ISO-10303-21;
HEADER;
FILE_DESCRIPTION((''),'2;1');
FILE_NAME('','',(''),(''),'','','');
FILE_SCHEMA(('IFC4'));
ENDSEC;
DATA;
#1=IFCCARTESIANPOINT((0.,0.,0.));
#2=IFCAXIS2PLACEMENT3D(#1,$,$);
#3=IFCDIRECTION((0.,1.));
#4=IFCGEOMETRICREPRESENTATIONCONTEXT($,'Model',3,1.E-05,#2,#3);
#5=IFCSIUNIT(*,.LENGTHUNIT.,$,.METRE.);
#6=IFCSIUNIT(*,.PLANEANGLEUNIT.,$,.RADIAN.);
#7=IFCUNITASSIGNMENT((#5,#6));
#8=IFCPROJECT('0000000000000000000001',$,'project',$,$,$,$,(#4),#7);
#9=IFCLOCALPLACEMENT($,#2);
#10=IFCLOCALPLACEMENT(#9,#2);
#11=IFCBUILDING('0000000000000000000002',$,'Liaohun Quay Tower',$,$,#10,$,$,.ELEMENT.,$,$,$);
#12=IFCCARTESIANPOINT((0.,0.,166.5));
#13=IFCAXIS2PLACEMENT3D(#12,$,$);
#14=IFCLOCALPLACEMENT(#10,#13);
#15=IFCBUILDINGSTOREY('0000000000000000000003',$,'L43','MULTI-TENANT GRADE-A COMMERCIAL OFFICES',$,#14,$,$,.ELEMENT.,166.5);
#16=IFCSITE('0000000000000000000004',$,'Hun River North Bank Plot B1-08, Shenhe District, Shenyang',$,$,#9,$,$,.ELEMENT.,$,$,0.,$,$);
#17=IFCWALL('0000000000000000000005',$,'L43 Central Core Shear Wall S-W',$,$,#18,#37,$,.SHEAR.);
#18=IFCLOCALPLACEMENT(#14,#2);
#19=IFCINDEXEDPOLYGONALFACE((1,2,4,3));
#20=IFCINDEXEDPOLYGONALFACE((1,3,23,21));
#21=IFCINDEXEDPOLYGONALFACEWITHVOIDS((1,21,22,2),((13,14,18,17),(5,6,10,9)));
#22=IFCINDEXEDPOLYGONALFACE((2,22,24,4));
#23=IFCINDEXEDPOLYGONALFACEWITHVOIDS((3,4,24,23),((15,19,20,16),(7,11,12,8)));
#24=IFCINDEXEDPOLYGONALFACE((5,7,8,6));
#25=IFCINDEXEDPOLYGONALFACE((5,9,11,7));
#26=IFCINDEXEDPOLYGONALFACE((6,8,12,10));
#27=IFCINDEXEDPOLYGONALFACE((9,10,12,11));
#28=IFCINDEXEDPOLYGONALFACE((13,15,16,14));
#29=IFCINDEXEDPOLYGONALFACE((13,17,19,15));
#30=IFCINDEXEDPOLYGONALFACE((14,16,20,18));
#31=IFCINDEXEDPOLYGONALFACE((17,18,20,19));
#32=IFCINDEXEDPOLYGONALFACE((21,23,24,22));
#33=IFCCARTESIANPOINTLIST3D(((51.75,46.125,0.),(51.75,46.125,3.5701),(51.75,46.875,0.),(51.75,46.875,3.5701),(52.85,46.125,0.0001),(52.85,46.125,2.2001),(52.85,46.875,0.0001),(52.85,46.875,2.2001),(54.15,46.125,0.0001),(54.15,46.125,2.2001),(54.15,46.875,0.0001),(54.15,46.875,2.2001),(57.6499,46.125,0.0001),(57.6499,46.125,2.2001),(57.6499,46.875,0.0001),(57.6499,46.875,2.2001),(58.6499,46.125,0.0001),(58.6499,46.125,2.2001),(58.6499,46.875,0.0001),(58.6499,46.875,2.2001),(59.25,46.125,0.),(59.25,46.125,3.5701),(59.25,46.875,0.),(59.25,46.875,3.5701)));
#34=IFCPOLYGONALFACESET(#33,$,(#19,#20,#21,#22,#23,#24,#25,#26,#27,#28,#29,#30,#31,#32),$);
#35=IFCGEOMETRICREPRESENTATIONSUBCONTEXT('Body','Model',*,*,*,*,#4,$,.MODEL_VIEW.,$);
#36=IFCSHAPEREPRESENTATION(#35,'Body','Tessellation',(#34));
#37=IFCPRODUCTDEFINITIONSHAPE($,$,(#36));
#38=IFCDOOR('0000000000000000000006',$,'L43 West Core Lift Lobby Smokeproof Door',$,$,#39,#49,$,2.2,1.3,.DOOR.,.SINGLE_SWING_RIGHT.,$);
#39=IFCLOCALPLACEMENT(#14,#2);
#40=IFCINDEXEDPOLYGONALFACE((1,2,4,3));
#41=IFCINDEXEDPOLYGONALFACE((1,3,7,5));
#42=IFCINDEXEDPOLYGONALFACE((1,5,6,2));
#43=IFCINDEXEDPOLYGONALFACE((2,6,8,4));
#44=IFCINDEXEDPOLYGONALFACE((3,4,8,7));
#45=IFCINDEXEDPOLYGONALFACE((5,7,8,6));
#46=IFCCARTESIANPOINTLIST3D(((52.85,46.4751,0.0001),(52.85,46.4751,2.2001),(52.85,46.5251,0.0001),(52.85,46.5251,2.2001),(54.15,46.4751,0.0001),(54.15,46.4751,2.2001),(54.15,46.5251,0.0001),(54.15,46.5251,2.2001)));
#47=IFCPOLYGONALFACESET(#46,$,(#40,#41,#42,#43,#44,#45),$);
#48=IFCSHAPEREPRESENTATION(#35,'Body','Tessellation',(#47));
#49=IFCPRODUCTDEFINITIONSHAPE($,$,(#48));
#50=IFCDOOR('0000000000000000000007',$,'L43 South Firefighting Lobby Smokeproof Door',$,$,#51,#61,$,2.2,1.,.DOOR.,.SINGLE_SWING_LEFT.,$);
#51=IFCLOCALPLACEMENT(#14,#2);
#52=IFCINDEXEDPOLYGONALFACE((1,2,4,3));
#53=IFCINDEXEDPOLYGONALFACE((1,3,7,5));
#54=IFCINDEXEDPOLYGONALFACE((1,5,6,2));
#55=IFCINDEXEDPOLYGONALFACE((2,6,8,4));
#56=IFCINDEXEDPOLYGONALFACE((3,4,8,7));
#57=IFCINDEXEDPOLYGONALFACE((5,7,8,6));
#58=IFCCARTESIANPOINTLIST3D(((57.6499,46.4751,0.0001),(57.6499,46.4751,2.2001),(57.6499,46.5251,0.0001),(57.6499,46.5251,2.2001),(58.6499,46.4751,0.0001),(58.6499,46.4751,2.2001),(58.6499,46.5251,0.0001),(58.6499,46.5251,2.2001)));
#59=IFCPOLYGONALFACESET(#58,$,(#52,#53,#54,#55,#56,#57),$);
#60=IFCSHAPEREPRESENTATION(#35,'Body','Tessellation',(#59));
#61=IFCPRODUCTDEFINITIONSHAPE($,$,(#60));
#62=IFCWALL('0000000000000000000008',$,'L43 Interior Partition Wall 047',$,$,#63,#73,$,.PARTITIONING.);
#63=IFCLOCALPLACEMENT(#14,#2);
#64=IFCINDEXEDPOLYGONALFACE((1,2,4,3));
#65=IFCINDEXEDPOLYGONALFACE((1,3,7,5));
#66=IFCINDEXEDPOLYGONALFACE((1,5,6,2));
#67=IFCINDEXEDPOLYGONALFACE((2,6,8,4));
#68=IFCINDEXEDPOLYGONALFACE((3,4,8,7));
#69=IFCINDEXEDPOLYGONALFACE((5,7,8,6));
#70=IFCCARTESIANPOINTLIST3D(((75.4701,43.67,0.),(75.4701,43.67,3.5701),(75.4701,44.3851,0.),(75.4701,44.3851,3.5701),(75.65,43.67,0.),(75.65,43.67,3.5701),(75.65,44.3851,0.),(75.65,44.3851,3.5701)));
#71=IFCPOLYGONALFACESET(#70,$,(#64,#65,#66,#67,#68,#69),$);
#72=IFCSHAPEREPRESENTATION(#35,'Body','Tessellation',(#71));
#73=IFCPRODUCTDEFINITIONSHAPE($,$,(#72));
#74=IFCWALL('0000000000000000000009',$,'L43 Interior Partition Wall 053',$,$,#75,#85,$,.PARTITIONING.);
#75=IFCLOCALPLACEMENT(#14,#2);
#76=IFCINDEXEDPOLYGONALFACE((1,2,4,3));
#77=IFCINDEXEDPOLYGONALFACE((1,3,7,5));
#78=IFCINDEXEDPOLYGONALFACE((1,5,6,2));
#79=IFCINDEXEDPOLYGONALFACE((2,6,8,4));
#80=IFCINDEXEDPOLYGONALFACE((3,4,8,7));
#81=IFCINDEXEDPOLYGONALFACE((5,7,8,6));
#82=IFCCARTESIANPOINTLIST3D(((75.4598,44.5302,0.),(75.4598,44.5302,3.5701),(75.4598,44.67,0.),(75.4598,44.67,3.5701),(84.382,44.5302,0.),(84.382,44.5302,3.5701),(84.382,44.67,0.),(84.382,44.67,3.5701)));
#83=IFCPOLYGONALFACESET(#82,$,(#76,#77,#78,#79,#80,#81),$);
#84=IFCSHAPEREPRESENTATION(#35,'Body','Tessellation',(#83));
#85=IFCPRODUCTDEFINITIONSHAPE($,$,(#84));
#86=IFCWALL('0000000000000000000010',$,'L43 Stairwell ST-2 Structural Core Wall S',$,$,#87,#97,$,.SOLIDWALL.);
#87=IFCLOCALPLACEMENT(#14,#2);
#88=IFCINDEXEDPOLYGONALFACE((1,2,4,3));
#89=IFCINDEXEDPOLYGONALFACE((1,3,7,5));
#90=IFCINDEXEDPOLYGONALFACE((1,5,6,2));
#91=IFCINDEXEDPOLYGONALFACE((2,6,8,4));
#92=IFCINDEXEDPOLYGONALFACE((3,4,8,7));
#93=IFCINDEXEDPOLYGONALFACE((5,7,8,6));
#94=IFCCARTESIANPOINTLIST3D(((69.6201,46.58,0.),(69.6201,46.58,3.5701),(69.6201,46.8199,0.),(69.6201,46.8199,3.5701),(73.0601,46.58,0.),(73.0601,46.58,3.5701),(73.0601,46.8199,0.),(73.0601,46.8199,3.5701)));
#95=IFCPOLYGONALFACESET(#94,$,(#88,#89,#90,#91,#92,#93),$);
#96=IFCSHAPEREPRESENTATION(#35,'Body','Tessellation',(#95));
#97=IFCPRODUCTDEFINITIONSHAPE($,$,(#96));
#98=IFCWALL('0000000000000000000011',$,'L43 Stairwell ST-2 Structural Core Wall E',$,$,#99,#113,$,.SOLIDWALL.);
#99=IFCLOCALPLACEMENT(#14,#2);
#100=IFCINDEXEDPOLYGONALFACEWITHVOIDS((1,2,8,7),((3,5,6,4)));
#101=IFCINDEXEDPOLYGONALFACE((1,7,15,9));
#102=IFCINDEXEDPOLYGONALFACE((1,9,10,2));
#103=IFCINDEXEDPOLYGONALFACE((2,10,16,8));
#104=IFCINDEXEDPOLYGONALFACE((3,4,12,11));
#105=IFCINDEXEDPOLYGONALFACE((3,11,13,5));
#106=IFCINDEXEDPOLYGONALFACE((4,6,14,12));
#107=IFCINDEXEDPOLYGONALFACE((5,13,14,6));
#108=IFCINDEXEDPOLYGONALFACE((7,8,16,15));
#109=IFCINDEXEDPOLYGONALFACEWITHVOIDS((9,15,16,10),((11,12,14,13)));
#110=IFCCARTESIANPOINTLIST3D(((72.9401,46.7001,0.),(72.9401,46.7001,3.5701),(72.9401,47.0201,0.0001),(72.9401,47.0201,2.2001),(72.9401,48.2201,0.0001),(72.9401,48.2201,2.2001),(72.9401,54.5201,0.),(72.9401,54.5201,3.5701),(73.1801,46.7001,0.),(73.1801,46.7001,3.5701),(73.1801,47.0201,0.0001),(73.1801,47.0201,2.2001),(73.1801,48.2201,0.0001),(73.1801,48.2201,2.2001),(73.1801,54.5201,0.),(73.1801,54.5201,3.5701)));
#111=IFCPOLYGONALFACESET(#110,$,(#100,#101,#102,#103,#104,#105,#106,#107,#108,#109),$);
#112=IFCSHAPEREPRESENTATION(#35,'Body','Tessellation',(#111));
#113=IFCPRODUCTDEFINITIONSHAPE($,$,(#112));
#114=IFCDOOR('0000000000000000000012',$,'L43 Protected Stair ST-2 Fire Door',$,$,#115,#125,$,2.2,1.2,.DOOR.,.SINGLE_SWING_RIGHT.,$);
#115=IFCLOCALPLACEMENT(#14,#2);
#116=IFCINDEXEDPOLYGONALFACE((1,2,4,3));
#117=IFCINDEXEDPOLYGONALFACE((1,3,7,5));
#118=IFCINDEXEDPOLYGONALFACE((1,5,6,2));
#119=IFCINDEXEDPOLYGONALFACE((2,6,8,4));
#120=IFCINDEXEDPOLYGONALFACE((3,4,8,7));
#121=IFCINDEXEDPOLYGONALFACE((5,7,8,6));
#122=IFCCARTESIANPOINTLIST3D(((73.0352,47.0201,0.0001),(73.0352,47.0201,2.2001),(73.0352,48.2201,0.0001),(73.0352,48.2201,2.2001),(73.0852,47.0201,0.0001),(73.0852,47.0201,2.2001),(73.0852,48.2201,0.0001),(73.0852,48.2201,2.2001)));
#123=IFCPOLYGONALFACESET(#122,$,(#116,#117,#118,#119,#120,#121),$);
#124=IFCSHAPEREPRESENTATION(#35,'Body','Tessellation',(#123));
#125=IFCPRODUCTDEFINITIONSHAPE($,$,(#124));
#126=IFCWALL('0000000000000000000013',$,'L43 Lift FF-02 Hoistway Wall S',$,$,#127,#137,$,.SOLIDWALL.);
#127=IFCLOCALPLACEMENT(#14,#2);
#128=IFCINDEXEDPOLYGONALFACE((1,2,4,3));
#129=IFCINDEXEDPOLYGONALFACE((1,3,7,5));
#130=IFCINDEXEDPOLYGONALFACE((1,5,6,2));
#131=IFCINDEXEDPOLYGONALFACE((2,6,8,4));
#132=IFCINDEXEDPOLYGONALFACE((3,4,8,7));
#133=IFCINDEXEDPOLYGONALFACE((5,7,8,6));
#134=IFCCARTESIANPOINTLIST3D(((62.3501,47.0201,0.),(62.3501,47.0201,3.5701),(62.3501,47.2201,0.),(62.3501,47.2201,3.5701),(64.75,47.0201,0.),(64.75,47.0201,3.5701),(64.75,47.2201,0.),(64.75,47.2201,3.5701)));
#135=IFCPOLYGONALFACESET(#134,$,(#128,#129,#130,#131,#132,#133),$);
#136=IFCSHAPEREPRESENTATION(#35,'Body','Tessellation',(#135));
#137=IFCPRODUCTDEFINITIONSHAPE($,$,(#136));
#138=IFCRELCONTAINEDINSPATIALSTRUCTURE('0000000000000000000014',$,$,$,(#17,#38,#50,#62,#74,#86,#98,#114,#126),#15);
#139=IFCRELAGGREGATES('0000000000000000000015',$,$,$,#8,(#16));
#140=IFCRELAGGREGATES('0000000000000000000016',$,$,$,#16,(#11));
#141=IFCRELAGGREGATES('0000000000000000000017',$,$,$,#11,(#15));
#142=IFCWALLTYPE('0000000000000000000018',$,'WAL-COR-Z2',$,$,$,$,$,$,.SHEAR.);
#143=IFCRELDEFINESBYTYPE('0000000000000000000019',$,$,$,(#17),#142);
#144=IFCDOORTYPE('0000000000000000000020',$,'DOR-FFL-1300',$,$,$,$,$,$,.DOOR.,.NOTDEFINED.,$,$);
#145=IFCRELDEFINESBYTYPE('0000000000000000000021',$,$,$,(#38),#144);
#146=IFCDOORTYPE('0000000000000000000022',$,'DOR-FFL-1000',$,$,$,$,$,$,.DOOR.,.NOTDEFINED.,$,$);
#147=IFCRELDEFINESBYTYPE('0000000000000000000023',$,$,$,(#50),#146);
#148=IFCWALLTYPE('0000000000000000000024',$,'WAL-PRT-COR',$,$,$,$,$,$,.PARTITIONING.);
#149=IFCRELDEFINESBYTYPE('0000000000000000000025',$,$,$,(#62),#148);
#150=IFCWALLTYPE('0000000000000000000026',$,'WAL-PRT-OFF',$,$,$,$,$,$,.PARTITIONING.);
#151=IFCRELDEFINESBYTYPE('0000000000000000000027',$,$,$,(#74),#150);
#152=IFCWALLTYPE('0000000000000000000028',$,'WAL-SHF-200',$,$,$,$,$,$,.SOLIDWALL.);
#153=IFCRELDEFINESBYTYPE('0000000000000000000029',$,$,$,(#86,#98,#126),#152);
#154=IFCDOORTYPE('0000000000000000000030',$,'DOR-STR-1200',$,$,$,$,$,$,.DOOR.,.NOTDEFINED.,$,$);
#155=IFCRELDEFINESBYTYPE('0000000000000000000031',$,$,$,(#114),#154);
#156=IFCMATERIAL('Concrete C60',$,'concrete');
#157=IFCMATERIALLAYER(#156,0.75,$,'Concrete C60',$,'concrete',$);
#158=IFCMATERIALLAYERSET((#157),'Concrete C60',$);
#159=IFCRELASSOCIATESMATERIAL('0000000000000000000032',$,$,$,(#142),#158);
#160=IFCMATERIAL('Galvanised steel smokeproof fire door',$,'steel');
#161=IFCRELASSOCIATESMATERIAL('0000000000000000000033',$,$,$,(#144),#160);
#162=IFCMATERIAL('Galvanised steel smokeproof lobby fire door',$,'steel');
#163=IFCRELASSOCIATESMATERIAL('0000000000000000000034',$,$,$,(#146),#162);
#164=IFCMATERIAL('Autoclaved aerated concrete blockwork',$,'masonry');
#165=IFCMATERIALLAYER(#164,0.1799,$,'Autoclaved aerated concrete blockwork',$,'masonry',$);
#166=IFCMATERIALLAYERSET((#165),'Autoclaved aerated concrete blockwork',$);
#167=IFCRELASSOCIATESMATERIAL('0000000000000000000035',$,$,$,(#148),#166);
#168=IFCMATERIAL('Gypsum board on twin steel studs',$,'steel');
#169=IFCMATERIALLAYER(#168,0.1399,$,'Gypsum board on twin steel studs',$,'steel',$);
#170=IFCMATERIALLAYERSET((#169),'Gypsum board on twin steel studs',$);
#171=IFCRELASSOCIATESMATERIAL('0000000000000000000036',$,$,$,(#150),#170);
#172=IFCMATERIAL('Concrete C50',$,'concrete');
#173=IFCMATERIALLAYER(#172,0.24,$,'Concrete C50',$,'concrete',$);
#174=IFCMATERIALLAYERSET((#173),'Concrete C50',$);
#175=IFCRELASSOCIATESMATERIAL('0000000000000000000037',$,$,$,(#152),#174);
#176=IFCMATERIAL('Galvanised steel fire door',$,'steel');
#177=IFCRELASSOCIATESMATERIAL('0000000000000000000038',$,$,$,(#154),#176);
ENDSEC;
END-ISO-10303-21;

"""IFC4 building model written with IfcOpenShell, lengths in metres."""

from ifc_helpers import new_model, si_unit, direction, frame, frame_2d, origin, place, context, subcontext, project, spatial, rectangle, extrude, source, transform, mapped, material, layer, layer_set, type_object, element, fill, save


model = new_model("IFC4")

# Units and contexts
model_context = context("Model", 3, precision=1e-05, world=origin(), true_north=direction((0.0, 1.0)))
body_context = subcontext(model_context, "Body", "Model", "MODEL_VIEW")
ifc_project = project(units=[si_unit("LENGTHUNIT", "METRE"), si_unit("PLANEANGLEUNIT", "RADIAN")], contexts=[model_context])

# Site, building, storey
site_placement = place(None, origin())
site = spatial("IfcSite", under=ifc_project, at=site_placement, Name="Hun River North Bank Plot B1-08, Shenhe District, Shenyang", CompositionType="ELEMENT", RefElevation=0.0)
building_placement = place(site_placement, origin())
building = spatial("IfcBuilding", under=site, at=building_placement, Name="Liaohun Quay Tower", CompositionType="ELEMENT")
storey_placement = place(building_placement, frame((0.0, 0.0, 166.5)))
storey = spatial("IfcBuildingStorey", under=building, at=storey_placement, Name="L43", Description="MULTI-TENANT GRADE-A COMMERCIAL OFFICES", CompositionType="ELEMENT", Elevation=166.5)

# Shared definitions
ifc_material_1 = material(Name="Concrete C60", Category="concrete")

# Shared definitions
ifc_layer_1 = layer(ifc_material_1, 0.75, Name="Concrete C60", Category="concrete")
ifc_layer_set_1 = layer_set([ifc_layer_1], Name="Concrete C60")
wall_type_1 = type_object("IfcWallType", Name="WAL-COR-Z2", PredefinedType="SHEAR", material=ifc_layer_set_1)
shared_shape_1 = source(origin(), body_context, "Body", "SweptSolid", [
    extrude(rectangle(XDim=1.3, YDim=2.2, at=frame_2d((0.6499, 1.1001))), frame((0.0, 0.385, 0.0), z_axis=(0.0, -1.0, 0.0), x_axis=(1.0, 0.0, 0.0)), (0.0, 0.0, 1.0), 0.77),
])
ifc_material_2 = material(Name="Galvanised steel smokeproof fire door", Category="steel")
door_type_1 = type_object("IfcDoorType", Name="DOR-FFL-1300", OperationType="NOTDEFINED", PredefinedType="DOOR", material=ifc_material_2)
shared_shape_2 = source(origin(), body_context, "Body", "SweptSolid", [
    extrude(rectangle(XDim=1.3, YDim=2.2, at=frame_2d((0.6499, 1.1001))), frame((0.0, 0.0249, 0.0), z_axis=(0.0, -1.0, 0.0), x_axis=(1.0, 0.0, 0.0)), (0.0, 0.0, 1.0), 0.05),
])

# Wall, openings, doors
wall_1_placement = place(storey_placement, frame((59.25, 46.5, 0.0), z_axis=(0.0, 0.0, 1.0), x_axis=(-1.0, 0.0, 0.0)))
wall_1 = element("IfcWall", 1, at=wall_1_placement, inside=storey, type_object=wall_type_1, Name="L43 Central Core Shear Wall S-W", PredefinedType="SHEAR", context=body_context, shape_type="SweptSolid", body=[
    extrude(rectangle(XDim=7.5, YDim=0.75, at=frame_2d((3.75, 0.0))), origin(), (0.0, 0.0, 1.0), 3.5701),
])
opening_1_placement = place(wall_1_placement, frame((5.1001, 0.0, 0.0)))
opening_1 = element("IfcOpeningElement", 2, at=opening_1_placement, cuts=wall_1, PredefinedType="OPENING", context=body_context, shape_type="MappedRepresentation", body=[
    mapped(shared_shape_1, transform((0.0, 0.0, 0.0), x_axis=(1.0, 0.0, 0.0), y_axis=(0.0, 1.0, 0.0), z_axis=(0.0, 0.0, 1.0), scale=1.0)),
])
shared_shape_3 = source(origin(), body_context, "Body", "SweptSolid", [
    extrude(rectangle(XDim=1.0, YDim=2.2, at=frame_2d((0.5, 1.1001))), frame((0.0, 0.385, 0.0), z_axis=(0.0, -1.0, 0.0), x_axis=(1.0, 0.0, 0.0)), (0.0, 0.0, 1.0), 0.77),
])
opening_2_placement = place(wall_1_placement, frame((0.6001, 0.0, 0.0)))
opening_2 = element("IfcOpeningElement", 3, at=opening_2_placement, cuts=wall_1, PredefinedType="OPENING", context=body_context, shape_type="MappedRepresentation", body=[
    mapped(shared_shape_3, transform((0.0, 0.0, 0.0), x_axis=(1.0, 0.0, 0.0), y_axis=(0.0, 1.0, 0.0), z_axis=(0.0, 0.0, 1.0), scale=1.0)),
])
door_1_placement = place(opening_1_placement, origin())
door_1 = element("IfcDoor", 4, at=door_1_placement, inside=storey, type_object=door_type_1, Name="L43 West Core Lift Lobby Smokeproof Door", OperationType="SINGLE_SWING_RIGHT", OverallHeight=2.2, OverallWidth=1.3, PredefinedType="DOOR", context=body_context, shape_type="MappedRepresentation", body=[
    mapped(shared_shape_2, transform((0.0, 0.0, 0.0), x_axis=(1.0, 0.0, 0.0), y_axis=(0.0, 1.0, 0.0), z_axis=(0.0, 0.0, 1.0), scale=1.0)),
])
fill(opening_1, door_1)
ifc_material_3 = material(Name="Galvanised steel smokeproof lobby fire door", Category="steel")
door_type_2 = type_object("IfcDoorType", Name="DOR-FFL-1000", OperationType="NOTDEFINED", PredefinedType="DOOR", material=ifc_material_3)
shared_shape_4 = source(origin(), body_context, "Body", "SweptSolid", [
    extrude(rectangle(XDim=1.0, YDim=2.2, at=frame_2d((0.5, 1.1001))), frame((0.0, 0.0249, 0.0), z_axis=(0.0, -1.0, 0.0), x_axis=(1.0, 0.0, 0.0)), (0.0, 0.0, 1.0), 0.05),
])
door_2_placement = place(opening_2_placement, origin())
door_2 = element("IfcDoor", 5, at=door_2_placement, inside=storey, type_object=door_type_2, Name="L43 South Firefighting Lobby Smokeproof Door", OperationType="SINGLE_SWING_LEFT", OverallHeight=2.2, OverallWidth=1.0, PredefinedType="DOOR", context=body_context, shape_type="MappedRepresentation", body=[
    mapped(shared_shape_4, transform((0.0, 0.0, 0.0), x_axis=(1.0, 0.0, 0.0), y_axis=(0.0, 1.0, 0.0), z_axis=(0.0, 0.0, 1.0), scale=1.0)),
])
fill(opening_2, door_2)

# Walls
ifc_material_4 = material(Name="Autoclaved aerated concrete blockwork", Category="masonry")
ifc_layer_2 = layer(ifc_material_4, 0.1799, Name="Autoclaved aerated concrete blockwork", Category="masonry")
ifc_layer_set_2 = layer_set([ifc_layer_2], Name="Autoclaved aerated concrete blockwork")
wall_type_2 = type_object("IfcWallType", Name="WAL-PRT-COR", PredefinedType="PARTITIONING", material=ifc_layer_set_2)
wall_2_placement = place(storey_placement, frame((75.5601, 44.385, 0.0), z_axis=(0.0, 0.0, 1.0), x_axis=(0.0, -1.0, 0.0)))
element("IfcWall", 6, at=wall_2_placement, inside=storey, type_object=wall_type_2, Name="L43 Interior Partition Wall 047", PredefinedType="PARTITIONING", context=body_context, shape_type="SweptSolid", body=[
    extrude(rectangle(XDim=0.7151, YDim=0.1799, at=frame_2d((0.3574, 0.0))), origin(), (0.0, 0.0, 1.0), 3.5701),
])
ifc_material_5 = material(Name="Gypsum board on twin steel studs", Category="steel")
ifc_layer_3 = layer(ifc_material_5, 0.1399, Name="Gypsum board on twin steel studs", Category="steel")
ifc_layer_set_3 = layer_set([ifc_layer_3], Name="Gypsum board on twin steel studs")
wall_type_3 = type_object("IfcWallType", Name="WAL-PRT-OFF", PredefinedType="PARTITIONING", material=ifc_layer_set_3)
wall_3_placement = place(storey_placement, frame((75.46, 44.6001, 0.0), z_axis=(0.0, 0.0, 1.0), x_axis=(1.0, 0.0, 0.0)))
element("IfcWall", 7, at=wall_3_placement, inside=storey, type_object=wall_type_3, Name="L43 Interior Partition Wall 053", PredefinedType="PARTITIONING", context=body_context, shape_type="SweptSolid", body=[
    extrude(rectangle(XDim=8.9221, YDim=0.1399, at=frame_2d((4.4609, 0.0))), origin(), (0.0, 0.0, 1.0), 3.5701),
])
ifc_material_6 = material(Name="Concrete C50", Category="concrete")
ifc_layer_4 = layer(ifc_material_6, 0.24, Name="Concrete C50", Category="concrete")
ifc_layer_set_4 = layer_set([ifc_layer_4], Name="Concrete C50")
wall_type_4 = type_object("IfcWallType", Name="WAL-SHF-200", PredefinedType="SOLIDWALL", material=ifc_layer_set_4)
wall_4_placement = place(storey_placement, frame((69.6201, 46.7, 0.0), z_axis=(0.0, 0.0, 1.0), x_axis=(1.0, 0.0, 0.0)))
element("IfcWall", 8, at=wall_4_placement, inside=storey, type_object=wall_type_4, Name="L43 Stairwell ST-2 Structural Core Wall S", PredefinedType="SOLIDWALL", context=body_context, shape_type="SweptSolid", body=[
    extrude(rectangle(XDim=3.4399, YDim=0.24, at=frame_2d((1.72, 0.0))), origin(), (0.0, 0.0, 1.0), 3.5701),
])

# Wall, opening, door
wall_5_placement = place(storey_placement, frame((73.0601, 46.7, 0.0), z_axis=(0.0, 0.0, 1.0), x_axis=(0.0, 1.0, 0.0)))
wall_5 = element("IfcWall", 9, at=wall_5_placement, inside=storey, type_object=wall_type_4, Name="L43 Stairwell ST-2 Structural Core Wall E", PredefinedType="SOLIDWALL", context=body_context, shape_type="SweptSolid", body=[
    extrude(rectangle(XDim=7.8201, YDim=0.24, at=frame_2d((3.9102, 0.0))), origin(), (0.0, 0.0, 1.0), 3.5701),
])
shared_shape_5 = source(origin(), body_context, "Body", "SweptSolid", [
    extrude(rectangle(XDim=1.2, YDim=2.2, at=frame_2d((0.6001, 1.1001))), frame((0.0, 0.1299, 0.0), z_axis=(0.0, -1.0, 0.0), x_axis=(1.0, 0.0, 0.0)), (0.0, 0.0, 1.0), 0.26),
])
opening_3_placement = place(wall_5_placement, frame((0.3201, 0.0, 0.0)))
opening_3 = element("IfcOpeningElement", 10, at=opening_3_placement, cuts=wall_5, PredefinedType="OPENING", context=body_context, shape_type="MappedRepresentation", body=[
    mapped(shared_shape_5, transform((0.0, 0.0, 0.0), x_axis=(1.0, 0.0, 0.0), y_axis=(0.0, 1.0, 0.0), z_axis=(0.0, 0.0, 1.0), scale=1.0)),
])
ifc_material_7 = material(Name="Galvanised steel fire door", Category="steel")
door_type_3 = type_object("IfcDoorType", Name="DOR-STR-1200", OperationType="NOTDEFINED", PredefinedType="DOOR", material=ifc_material_7)
shared_shape_6 = source(origin(), body_context, "Body", "SweptSolid", [
    extrude(rectangle(XDim=1.2, YDim=2.2, at=frame_2d((0.6001, 1.1001))), frame((0.0, 0.0249, 0.0), z_axis=(0.0, -1.0, 0.0), x_axis=(1.0, 0.0, 0.0)), (0.0, 0.0, 1.0), 0.05),
])
door_3_placement = place(opening_3_placement, origin())
door_3 = element("IfcDoor", 11, at=door_3_placement, inside=storey, type_object=door_type_3, Name="L43 Protected Stair ST-2 Fire Door", OperationType="SINGLE_SWING_RIGHT", OverallHeight=2.2, OverallWidth=1.2, PredefinedType="DOOR", context=body_context, shape_type="MappedRepresentation", body=[
    mapped(shared_shape_6, transform((0.0, 0.0, 0.0), x_axis=(1.0, 0.0, 0.0), y_axis=(0.0, 1.0, 0.0), z_axis=(0.0, 0.0, 1.0), scale=1.0)),
])
fill(opening_3, door_3)

# Wall
wall_6_placement = place(storey_placement, frame((62.3501, 47.1201, 0.0), z_axis=(0.0, 0.0, 1.0), x_axis=(1.0, 0.0, 0.0)))
element("IfcWall", 12, at=wall_6_placement, inside=storey, type_object=wall_type_4, Name="L43 Lift FF-02 Hoistway Wall S", PredefinedType="SOLIDWALL", context=body_context, shape_type="SweptSolid", body=[
    extrude(rectangle(XDim=2.3999, YDim=0.2, at=frame_2d((1.2, 0.0))), origin(), (0.0, 0.0, 1.0), 3.5701),
])

save(model, "model.ifc")
